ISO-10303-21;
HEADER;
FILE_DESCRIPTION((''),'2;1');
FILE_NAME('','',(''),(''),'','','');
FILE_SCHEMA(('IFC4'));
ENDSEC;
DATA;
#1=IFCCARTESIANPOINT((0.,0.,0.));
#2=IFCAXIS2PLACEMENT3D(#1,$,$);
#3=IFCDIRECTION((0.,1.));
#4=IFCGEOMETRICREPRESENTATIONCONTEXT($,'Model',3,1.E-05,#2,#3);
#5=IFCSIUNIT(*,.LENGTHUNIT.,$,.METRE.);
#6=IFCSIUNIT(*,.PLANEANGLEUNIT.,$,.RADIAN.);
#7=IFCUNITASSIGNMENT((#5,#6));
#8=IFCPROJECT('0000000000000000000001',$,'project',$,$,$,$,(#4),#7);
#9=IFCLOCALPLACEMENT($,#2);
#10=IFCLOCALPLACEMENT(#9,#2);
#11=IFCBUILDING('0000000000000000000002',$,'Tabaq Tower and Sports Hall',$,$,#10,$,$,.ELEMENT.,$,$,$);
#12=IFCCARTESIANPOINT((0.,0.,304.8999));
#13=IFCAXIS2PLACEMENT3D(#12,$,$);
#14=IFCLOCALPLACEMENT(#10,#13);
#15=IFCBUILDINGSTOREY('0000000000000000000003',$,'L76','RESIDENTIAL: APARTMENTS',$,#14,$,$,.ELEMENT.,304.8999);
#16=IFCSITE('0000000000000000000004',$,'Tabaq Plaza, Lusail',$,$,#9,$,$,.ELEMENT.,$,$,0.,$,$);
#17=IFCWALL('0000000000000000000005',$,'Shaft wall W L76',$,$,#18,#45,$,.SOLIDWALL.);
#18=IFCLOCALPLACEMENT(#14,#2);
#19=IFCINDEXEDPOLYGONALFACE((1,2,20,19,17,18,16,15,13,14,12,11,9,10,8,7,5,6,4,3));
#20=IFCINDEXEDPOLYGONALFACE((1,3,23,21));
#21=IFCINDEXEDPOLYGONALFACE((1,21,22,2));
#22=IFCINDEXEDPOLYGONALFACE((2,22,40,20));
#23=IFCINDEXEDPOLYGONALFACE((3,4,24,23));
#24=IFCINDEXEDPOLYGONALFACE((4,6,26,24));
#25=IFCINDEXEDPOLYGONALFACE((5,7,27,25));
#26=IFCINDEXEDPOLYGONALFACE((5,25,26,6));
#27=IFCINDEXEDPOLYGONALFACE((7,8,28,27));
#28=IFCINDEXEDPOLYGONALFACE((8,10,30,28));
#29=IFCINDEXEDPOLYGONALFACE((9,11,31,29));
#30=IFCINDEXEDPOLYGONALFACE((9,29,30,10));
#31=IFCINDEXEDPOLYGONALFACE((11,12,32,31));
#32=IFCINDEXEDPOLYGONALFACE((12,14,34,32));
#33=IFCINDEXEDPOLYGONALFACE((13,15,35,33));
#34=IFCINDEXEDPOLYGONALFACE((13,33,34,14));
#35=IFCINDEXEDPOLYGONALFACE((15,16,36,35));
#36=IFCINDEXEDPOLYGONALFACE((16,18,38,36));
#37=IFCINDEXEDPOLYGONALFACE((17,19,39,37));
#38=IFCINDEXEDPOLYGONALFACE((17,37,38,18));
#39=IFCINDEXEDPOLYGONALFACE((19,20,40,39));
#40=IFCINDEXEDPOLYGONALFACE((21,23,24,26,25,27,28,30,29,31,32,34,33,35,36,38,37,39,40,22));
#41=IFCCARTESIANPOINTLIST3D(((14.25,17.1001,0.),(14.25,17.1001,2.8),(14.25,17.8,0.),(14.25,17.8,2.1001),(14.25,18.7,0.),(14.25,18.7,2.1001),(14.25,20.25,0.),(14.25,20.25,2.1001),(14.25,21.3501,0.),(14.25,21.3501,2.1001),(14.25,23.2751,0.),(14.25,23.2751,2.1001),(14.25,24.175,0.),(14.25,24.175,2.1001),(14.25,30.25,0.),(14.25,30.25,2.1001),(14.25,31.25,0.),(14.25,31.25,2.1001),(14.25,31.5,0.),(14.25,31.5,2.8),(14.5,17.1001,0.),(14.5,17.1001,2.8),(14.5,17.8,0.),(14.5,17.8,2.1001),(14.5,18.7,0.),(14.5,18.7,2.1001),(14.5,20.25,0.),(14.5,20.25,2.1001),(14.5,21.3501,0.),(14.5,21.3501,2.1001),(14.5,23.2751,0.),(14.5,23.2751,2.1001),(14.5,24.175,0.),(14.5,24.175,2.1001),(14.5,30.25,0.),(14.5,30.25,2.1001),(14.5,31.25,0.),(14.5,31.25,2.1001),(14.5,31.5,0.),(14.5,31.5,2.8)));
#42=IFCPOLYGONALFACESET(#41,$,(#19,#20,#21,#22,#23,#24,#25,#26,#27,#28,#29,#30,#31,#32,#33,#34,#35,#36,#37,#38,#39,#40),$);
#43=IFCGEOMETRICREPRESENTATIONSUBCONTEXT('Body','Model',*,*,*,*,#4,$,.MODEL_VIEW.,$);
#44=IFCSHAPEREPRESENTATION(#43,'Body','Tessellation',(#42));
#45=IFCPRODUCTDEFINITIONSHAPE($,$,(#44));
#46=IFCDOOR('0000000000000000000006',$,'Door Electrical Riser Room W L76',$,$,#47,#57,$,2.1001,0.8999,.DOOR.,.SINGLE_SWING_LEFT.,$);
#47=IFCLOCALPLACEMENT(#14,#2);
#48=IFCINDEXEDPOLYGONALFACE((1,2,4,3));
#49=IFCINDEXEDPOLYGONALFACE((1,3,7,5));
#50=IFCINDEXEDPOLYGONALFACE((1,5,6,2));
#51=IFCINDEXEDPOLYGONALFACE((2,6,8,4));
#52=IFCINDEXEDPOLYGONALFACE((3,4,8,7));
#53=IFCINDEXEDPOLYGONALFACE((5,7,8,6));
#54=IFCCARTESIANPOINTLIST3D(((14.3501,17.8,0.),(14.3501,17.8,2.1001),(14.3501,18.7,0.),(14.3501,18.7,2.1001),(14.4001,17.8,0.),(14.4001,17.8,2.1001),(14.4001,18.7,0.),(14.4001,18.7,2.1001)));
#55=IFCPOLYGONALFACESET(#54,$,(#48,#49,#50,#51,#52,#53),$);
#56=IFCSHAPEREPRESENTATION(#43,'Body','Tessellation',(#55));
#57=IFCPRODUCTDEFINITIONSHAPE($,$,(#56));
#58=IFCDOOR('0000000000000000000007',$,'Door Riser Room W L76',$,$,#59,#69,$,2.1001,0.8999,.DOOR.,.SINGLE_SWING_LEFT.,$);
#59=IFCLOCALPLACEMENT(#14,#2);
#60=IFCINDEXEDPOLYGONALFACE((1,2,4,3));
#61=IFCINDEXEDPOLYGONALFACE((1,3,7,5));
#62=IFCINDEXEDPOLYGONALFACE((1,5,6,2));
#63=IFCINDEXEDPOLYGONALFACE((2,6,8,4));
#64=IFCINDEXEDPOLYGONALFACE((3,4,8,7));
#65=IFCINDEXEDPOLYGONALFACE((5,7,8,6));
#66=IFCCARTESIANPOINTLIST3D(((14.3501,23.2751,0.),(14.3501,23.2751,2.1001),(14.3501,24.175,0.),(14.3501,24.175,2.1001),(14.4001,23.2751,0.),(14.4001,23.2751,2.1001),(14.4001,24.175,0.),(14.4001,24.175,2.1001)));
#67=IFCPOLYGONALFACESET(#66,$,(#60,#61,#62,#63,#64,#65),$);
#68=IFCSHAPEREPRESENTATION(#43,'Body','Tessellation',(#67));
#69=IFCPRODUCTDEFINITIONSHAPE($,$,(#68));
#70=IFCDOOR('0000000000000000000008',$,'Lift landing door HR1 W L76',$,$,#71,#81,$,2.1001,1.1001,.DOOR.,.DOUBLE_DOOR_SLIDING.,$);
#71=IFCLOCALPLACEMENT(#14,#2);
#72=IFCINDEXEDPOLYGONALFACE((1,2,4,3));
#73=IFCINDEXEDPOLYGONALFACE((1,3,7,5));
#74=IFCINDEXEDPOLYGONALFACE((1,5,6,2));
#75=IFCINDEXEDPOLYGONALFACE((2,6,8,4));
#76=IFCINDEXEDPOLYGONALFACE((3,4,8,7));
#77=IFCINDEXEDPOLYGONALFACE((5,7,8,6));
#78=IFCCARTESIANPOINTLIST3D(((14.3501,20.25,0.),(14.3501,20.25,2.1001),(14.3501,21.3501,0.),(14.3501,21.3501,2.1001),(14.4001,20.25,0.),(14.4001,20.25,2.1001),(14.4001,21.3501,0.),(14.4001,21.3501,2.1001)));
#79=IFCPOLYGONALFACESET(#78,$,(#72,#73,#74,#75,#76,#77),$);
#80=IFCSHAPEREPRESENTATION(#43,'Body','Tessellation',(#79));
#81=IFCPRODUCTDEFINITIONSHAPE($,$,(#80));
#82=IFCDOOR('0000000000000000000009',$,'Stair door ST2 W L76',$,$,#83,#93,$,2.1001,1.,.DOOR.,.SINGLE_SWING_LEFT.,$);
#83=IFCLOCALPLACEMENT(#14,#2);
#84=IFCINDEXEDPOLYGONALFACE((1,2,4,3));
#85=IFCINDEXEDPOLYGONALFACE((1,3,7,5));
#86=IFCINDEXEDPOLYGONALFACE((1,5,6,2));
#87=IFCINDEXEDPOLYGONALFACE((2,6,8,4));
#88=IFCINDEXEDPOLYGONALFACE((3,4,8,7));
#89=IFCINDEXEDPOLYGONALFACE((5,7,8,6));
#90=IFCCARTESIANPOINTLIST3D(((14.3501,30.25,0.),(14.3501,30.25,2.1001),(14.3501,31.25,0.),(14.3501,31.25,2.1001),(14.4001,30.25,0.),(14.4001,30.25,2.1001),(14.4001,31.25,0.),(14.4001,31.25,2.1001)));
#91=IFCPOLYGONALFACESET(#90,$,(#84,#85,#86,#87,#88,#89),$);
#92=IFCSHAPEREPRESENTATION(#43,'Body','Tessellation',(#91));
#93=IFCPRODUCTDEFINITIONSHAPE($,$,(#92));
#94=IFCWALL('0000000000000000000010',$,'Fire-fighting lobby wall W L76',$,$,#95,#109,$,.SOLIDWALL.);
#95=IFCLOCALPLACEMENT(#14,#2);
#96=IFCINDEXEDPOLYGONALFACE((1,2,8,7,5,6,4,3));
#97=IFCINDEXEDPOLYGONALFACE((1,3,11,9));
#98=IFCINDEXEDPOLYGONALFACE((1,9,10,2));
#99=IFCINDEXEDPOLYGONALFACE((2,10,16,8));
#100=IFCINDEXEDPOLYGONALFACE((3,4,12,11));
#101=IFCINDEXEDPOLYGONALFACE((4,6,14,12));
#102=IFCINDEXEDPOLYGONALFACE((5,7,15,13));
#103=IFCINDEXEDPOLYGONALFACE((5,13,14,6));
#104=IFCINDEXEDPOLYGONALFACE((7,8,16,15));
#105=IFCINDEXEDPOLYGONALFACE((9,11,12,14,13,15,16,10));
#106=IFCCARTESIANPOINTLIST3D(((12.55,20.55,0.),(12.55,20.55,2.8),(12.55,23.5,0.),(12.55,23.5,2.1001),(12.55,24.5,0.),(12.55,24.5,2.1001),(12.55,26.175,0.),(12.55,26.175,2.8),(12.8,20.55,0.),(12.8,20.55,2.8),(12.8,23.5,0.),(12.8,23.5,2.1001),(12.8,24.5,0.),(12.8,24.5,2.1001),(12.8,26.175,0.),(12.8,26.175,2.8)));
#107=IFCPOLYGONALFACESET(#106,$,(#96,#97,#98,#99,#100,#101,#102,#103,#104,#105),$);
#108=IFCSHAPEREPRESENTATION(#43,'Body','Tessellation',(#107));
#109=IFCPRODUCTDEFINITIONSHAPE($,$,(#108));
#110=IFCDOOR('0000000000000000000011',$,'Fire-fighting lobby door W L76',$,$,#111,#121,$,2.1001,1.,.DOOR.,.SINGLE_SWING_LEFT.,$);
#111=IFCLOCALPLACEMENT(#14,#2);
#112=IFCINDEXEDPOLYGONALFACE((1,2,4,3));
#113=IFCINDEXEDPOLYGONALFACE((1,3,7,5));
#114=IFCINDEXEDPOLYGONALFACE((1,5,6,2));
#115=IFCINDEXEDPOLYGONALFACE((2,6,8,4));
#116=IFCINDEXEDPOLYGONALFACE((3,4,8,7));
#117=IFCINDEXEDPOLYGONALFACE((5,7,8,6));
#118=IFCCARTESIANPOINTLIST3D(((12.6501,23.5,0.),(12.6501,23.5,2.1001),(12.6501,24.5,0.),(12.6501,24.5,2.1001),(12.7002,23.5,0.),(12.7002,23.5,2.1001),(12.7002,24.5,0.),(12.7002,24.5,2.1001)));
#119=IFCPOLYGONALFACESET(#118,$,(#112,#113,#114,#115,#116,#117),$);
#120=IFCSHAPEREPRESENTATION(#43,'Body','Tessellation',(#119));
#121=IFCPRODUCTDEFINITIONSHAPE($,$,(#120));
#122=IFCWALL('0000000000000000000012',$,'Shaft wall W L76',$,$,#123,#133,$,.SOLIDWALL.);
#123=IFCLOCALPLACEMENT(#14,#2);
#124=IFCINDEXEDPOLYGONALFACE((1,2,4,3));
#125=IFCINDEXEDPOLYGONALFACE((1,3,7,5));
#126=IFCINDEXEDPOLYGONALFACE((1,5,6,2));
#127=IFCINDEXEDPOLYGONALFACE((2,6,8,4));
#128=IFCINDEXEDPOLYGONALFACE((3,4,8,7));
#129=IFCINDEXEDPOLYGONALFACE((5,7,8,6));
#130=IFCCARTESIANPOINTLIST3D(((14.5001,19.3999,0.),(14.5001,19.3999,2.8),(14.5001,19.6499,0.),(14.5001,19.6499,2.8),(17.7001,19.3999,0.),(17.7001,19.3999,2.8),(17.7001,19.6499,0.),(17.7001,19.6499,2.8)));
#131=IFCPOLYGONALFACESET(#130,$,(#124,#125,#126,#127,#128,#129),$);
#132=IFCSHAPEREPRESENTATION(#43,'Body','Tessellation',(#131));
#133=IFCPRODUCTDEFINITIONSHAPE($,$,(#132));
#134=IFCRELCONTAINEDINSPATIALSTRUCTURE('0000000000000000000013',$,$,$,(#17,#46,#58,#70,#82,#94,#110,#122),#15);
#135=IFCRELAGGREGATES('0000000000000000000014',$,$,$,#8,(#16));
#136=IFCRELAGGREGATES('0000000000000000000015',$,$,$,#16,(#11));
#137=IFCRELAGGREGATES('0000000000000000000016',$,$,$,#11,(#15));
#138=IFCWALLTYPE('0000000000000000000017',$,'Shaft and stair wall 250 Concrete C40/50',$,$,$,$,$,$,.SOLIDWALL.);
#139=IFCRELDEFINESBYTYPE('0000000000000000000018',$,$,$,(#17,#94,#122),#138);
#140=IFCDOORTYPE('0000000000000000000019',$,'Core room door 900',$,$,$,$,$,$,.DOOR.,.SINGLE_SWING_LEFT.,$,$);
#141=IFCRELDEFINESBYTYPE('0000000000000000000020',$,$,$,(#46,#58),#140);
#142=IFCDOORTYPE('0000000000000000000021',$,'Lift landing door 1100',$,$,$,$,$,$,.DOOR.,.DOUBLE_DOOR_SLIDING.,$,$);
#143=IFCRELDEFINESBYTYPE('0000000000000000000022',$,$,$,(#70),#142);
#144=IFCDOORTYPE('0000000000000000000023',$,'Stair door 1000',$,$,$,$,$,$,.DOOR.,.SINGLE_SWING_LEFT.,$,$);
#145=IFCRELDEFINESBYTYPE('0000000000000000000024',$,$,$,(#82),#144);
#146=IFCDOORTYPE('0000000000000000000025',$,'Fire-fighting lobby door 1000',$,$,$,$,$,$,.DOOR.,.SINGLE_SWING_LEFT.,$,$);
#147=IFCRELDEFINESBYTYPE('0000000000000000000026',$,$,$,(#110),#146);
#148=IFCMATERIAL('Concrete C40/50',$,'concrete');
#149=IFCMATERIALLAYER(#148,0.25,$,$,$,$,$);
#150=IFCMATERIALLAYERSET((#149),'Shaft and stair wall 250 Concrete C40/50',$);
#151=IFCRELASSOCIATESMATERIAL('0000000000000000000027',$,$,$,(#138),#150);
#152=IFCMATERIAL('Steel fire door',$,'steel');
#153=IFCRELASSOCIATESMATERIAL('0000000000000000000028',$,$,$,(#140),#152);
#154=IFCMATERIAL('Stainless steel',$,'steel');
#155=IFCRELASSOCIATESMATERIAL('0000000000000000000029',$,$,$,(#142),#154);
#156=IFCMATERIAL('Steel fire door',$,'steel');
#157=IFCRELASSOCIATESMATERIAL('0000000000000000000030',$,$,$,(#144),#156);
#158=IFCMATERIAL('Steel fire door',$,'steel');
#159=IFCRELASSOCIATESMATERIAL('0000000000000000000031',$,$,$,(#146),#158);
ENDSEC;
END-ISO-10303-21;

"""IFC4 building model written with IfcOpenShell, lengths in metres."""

from ifc_helpers import new_model, si_unit, direction, frame, frame_2d, origin, place, context, subcontext, project, spatial, rectangle, extrude, material, layer, layer_set, type_object, element, fill, save


model = new_model("IFC4")

# Units and contexts
model_context = context("Model", 3, precision=1e-05, world=origin(), true_north=direction((0.0, 1.0)))
body_context = subcontext(model_context, "Body", "Model", "MODEL_VIEW")
ifc_project = project(units=[si_unit("LENGTHUNIT", "METRE"), si_unit("PLANEANGLEUNIT", "RADIAN")], contexts=[model_context])

# Site, building, storey
site_placement = place(None, origin())
site = spatial("IfcSite", under=ifc_project, at=site_placement, Name="Tabaq Plaza, Lusail", CompositionType="ELEMENT", RefElevation=0.0)
building_placement = place(site_placement, origin())
building = spatial("IfcBuilding", under=site, at=building_placement, Name="Tabaq Tower and Sports Hall", CompositionType="ELEMENT")
storey_placement = place(building_placement, frame((0.0, 0.0, 304.8999)))
storey = spatial("IfcBuildingStorey", under=building, at=storey_placement, Name="L76", Description="RESIDENTIAL: APARTMENTS", CompositionType="ELEMENT", Elevation=304.8999)

# Wall, openings, doors
ifc_material_1 = material(Name="Concrete C40/50", Category="concrete")
ifc_layer_1 = layer(ifc_material_1, 0.25)
ifc_layer_set_1 = layer_set([ifc_layer_1], Name="Shaft and stair wall 250 Concrete C40/50")
wall_type_1 = type_object("IfcWallType", Name="Shaft and stair wall 250 Concrete C40/50", PredefinedType="SOLIDWALL", material=ifc_layer_set_1)
wall_1_placement = place(storey_placement, frame((14.375, 17.1001, 0.0), z_axis=(0.0, 0.0, 1.0), x_axis=(0.0, 1.0, 0.0)))
wall_1 = element("IfcWall", 1, at=wall_1_placement, inside=storey, type_object=wall_type_1, Name="Shaft wall W L76", PredefinedType="SOLIDWALL", context=body_context, shape_type="SweptSolid", body=[
    extrude(rectangle(XDim=14.3999, YDim=0.25, at=frame_2d((7.2, 0.0))), origin(), (0.0, 0.0, 1.0), 2.8),
])
opening_1_placement = place(wall_1_placement, frame((13.1499, 0.0, 0.0)))
opening_1 = element("IfcOpeningElement", 2, at=opening_1_placement, cuts=wall_1, PredefinedType="OPENING", context=body_context, shape_type="SweptSolid", body=[
    extrude(rectangle(XDim=1.0, YDim=2.1001, at=frame_2d((0.5, 1.05))), frame((0.0, 0.125, 0.0), z_axis=(0.0, -1.0, 0.0), x_axis=(1.0, 0.0, 0.0)), (0.0, 0.0, 1.0), 0.25),
])
opening_2_placement = place(wall_1_placement, frame((3.1499, 0.0, 0.0)))
opening_2 = element("IfcOpeningElement", 3, at=opening_2_placement, cuts=wall_1, PredefinedType="OPENING", context=body_context, shape_type="SweptSolid", body=[
    extrude(rectangle(XDim=1.1001, YDim=2.1001, at=frame_2d((0.55, 1.05))), frame((0.0, 0.125, 0.0), z_axis=(0.0, -1.0, 0.0), x_axis=(1.0, 0.0, 0.0)), (0.0, 0.0, 1.0), 0.25),
])
opening_3_placement = place(wall_1_placement, frame((0.7, 0.0, 0.0)))
opening_3 = element("IfcOpeningElement", 4, at=opening_3_placement, cuts=wall_1, PredefinedType="OPENING", context=body_context, shape_type="SweptSolid", body=[
    extrude(rectangle(XDim=0.8999, YDim=2.1001, at=frame_2d((0.45, 1.05))), frame((0.0, 0.125, 0.0), z_axis=(0.0, -1.0, 0.0), x_axis=(1.0, 0.0, 0.0)), (0.0, 0.0, 1.0), 0.25),
])
opening_4_placement = place(wall_1_placement, frame((6.175, 0.0, 0.0)))
opening_4 = element("IfcOpeningElement", 5, at=opening_4_placement, cuts=wall_1, PredefinedType="OPENING", context=body_context, shape_type="SweptSolid", body=[
    extrude(rectangle(XDim=0.8999, YDim=2.1001, at=frame_2d((0.45, 1.05))), frame((0.0, 0.125, 0.0), z_axis=(0.0, -1.0, 0.0), x_axis=(1.0, 0.0, 0.0)), (0.0, 0.0, 1.0), 0.25),
])
ifc_material_2 = material(Name="Steel fire door", Category="steel")
door_type_1 = type_object("IfcDoorType", Name="Core room door 900", OperationType="SINGLE_SWING_LEFT", PredefinedType="DOOR", material=ifc_material_2)
door_1_placement = place(opening_3_placement, origin())
door_1 = element("IfcDoor", 6, at=door_1_placement, inside=storey, type_object=door_type_1, Name="Door Electrical Riser Room W L76", OperationType="SINGLE_SWING_LEFT", OverallHeight=2.1001, OverallWidth=0.8999, PredefinedType="DOOR", context=body_context, shape_type="SweptSolid", body=[
    extrude(rectangle(XDim=0.8999, YDim=2.1001, at=frame_2d((0.45, 1.05))), frame((0.0, 0.0249, 0.0), z_axis=(0.0, -1.0, 0.0), x_axis=(1.0, 0.0, 0.0)), (0.0, 0.0, 1.0), 0.05),
])
fill(opening_3, door_1)
door_2_placement = place(opening_4_placement, origin())
door_2 = element("IfcDoor", 7, at=door_2_placement, inside=storey, type_object=door_type_1, Name="Door Riser Room W L76", OperationType="SINGLE_SWING_LEFT", OverallHeight=2.1001, OverallWidth=0.8999, PredefinedType="DOOR", context=body_context, shape_type="SweptSolid", body=[
    extrude(rectangle(XDim=0.8999, YDim=2.1001, at=frame_2d((0.45, 1.05))), frame((0.0, 0.0249, 0.0), z_axis=(0.0, -1.0, 0.0), x_axis=(1.0, 0.0, 0.0)), (0.0, 0.0, 1.0), 0.05),
])
fill(opening_4, door_2)
ifc_material_3 = material(Name="Stainless steel", Category="steel")
door_type_2 = type_object("IfcDoorType", Name="Lift landing door 1100", OperationType="DOUBLE_DOOR_SLIDING", PredefinedType="DOOR", material=ifc_material_3)
door_3_placement = place(opening_2_placement, origin())
door_3 = element("IfcDoor", 8, at=door_3_placement, inside=storey, type_object=door_type_2, Name="Lift landing door HR1 W L76", OperationType="DOUBLE_DOOR_SLIDING", OverallHeight=2.1001, OverallWidth=1.1001, PredefinedType="DOOR", context=body_context, shape_type="SweptSolid", body=[
    extrude(rectangle(XDim=1.1001, YDim=2.1001, at=frame_2d((0.55, 1.05))), frame((0.0, 0.0249, 0.0), z_axis=(0.0, -1.0, 0.0), x_axis=(1.0, 0.0, 0.0)), (0.0, 0.0, 1.0), 0.05),
])
fill(opening_2, door_3)
ifc_material_4 = material(Name="Steel fire door", Category="steel")
door_type_3 = type_object("IfcDoorType", Name="Stair door 1000", OperationType="SINGLE_SWING_LEFT", PredefinedType="DOOR", material=ifc_material_4)
door_4_placement = place(opening_1_placement, origin())
door_4 = element("IfcDoor", 9, at=door_4_placement, inside=storey, type_object=door_type_3, Name="Stair door ST2 W L76", OperationType="SINGLE_SWING_LEFT", OverallHeight=2.1001, OverallWidth=1.0, PredefinedType="DOOR", context=body_context, shape_type="SweptSolid", body=[
    extrude(rectangle(XDim=1.0, YDim=2.1001, at=frame_2d((0.5, 1.05))), frame((0.0, 0.0249, 0.0), z_axis=(0.0, -1.0, 0.0), x_axis=(1.0, 0.0, 0.0)), (0.0, 0.0, 1.0), 0.05),
])
fill(opening_1, door_4)

# Wall, opening, door
wall_2_placement = place(storey_placement, frame((12.675, 20.55, 0.0), z_axis=(0.0, 0.0, 1.0), x_axis=(0.0, 1.0, 0.0)))
wall_2 = element("IfcWall", 10, at=wall_2_placement, inside=storey, type_object=wall_type_1, Name="Fire-fighting lobby wall W L76", PredefinedType="SOLIDWALL", context=body_context, shape_type="SweptSolid", body=[
    extrude(rectangle(XDim=5.625, YDim=0.25, at=frame_2d((2.8125, 0.0))), origin(), (0.0, 0.0, 1.0), 2.8),
])
opening_5_placement = place(wall_2_placement, frame((2.95, 0.0, 0.0)))
opening_5 = element("IfcOpeningElement", 11, at=opening_5_placement, cuts=wall_2, PredefinedType="OPENING", context=body_context, shape_type="SweptSolid", body=[
    extrude(rectangle(XDim=1.0, YDim=2.1001, at=frame_2d((0.5, 1.05))), frame((0.0, 0.125, 0.0), z_axis=(0.0, -1.0, 0.0), x_axis=(1.0, 0.0, 0.0)), (0.0, 0.0, 1.0), 0.25),
])
ifc_material_5 = material(Name="Steel fire door", Category="steel")
door_type_4 = type_object("IfcDoorType", Name="Fire-fighting lobby door 1000", OperationType="SINGLE_SWING_LEFT", PredefinedType="DOOR", material=ifc_material_5)
door_5_placement = place(opening_5_placement, origin())
door_5 = element("IfcDoor", 12, at=door_5_placement, inside=storey, type_object=door_type_4, Name="Fire-fighting lobby door W L76", OperationType="SINGLE_SWING_LEFT", OverallHeight=2.1001, OverallWidth=1.0, PredefinedType="DOOR", context=body_context, shape_type="SweptSolid", body=[
    extrude(rectangle(XDim=1.0, YDim=2.1001, at=frame_2d((0.5, 1.05))), frame((0.0, 0.0249, 0.0), z_axis=(0.0, -1.0, 0.0), x_axis=(1.0, 0.0, 0.0)), (0.0, 0.0, 1.0), 0.05),
])
fill(opening_5, door_5)

# Wall
wall_3_placement = place(storey_placement, frame((14.5, 19.5249, 0.0), z_axis=(0.0, 0.0, 1.0), x_axis=(1.0, 0.0, 0.0)))
element("IfcWall", 13, at=wall_3_placement, inside=storey, type_object=wall_type_1, Name="Shaft wall W L76", PredefinedType="SOLIDWALL", context=body_context, shape_type="SweptSolid", body=[
    extrude(rectangle(XDim=3.2, YDim=0.25, at=frame_2d((1.6001, 0.0))), origin(), (0.0, 0.0, 1.0), 2.8),
])

save(model, "model.ifc")
